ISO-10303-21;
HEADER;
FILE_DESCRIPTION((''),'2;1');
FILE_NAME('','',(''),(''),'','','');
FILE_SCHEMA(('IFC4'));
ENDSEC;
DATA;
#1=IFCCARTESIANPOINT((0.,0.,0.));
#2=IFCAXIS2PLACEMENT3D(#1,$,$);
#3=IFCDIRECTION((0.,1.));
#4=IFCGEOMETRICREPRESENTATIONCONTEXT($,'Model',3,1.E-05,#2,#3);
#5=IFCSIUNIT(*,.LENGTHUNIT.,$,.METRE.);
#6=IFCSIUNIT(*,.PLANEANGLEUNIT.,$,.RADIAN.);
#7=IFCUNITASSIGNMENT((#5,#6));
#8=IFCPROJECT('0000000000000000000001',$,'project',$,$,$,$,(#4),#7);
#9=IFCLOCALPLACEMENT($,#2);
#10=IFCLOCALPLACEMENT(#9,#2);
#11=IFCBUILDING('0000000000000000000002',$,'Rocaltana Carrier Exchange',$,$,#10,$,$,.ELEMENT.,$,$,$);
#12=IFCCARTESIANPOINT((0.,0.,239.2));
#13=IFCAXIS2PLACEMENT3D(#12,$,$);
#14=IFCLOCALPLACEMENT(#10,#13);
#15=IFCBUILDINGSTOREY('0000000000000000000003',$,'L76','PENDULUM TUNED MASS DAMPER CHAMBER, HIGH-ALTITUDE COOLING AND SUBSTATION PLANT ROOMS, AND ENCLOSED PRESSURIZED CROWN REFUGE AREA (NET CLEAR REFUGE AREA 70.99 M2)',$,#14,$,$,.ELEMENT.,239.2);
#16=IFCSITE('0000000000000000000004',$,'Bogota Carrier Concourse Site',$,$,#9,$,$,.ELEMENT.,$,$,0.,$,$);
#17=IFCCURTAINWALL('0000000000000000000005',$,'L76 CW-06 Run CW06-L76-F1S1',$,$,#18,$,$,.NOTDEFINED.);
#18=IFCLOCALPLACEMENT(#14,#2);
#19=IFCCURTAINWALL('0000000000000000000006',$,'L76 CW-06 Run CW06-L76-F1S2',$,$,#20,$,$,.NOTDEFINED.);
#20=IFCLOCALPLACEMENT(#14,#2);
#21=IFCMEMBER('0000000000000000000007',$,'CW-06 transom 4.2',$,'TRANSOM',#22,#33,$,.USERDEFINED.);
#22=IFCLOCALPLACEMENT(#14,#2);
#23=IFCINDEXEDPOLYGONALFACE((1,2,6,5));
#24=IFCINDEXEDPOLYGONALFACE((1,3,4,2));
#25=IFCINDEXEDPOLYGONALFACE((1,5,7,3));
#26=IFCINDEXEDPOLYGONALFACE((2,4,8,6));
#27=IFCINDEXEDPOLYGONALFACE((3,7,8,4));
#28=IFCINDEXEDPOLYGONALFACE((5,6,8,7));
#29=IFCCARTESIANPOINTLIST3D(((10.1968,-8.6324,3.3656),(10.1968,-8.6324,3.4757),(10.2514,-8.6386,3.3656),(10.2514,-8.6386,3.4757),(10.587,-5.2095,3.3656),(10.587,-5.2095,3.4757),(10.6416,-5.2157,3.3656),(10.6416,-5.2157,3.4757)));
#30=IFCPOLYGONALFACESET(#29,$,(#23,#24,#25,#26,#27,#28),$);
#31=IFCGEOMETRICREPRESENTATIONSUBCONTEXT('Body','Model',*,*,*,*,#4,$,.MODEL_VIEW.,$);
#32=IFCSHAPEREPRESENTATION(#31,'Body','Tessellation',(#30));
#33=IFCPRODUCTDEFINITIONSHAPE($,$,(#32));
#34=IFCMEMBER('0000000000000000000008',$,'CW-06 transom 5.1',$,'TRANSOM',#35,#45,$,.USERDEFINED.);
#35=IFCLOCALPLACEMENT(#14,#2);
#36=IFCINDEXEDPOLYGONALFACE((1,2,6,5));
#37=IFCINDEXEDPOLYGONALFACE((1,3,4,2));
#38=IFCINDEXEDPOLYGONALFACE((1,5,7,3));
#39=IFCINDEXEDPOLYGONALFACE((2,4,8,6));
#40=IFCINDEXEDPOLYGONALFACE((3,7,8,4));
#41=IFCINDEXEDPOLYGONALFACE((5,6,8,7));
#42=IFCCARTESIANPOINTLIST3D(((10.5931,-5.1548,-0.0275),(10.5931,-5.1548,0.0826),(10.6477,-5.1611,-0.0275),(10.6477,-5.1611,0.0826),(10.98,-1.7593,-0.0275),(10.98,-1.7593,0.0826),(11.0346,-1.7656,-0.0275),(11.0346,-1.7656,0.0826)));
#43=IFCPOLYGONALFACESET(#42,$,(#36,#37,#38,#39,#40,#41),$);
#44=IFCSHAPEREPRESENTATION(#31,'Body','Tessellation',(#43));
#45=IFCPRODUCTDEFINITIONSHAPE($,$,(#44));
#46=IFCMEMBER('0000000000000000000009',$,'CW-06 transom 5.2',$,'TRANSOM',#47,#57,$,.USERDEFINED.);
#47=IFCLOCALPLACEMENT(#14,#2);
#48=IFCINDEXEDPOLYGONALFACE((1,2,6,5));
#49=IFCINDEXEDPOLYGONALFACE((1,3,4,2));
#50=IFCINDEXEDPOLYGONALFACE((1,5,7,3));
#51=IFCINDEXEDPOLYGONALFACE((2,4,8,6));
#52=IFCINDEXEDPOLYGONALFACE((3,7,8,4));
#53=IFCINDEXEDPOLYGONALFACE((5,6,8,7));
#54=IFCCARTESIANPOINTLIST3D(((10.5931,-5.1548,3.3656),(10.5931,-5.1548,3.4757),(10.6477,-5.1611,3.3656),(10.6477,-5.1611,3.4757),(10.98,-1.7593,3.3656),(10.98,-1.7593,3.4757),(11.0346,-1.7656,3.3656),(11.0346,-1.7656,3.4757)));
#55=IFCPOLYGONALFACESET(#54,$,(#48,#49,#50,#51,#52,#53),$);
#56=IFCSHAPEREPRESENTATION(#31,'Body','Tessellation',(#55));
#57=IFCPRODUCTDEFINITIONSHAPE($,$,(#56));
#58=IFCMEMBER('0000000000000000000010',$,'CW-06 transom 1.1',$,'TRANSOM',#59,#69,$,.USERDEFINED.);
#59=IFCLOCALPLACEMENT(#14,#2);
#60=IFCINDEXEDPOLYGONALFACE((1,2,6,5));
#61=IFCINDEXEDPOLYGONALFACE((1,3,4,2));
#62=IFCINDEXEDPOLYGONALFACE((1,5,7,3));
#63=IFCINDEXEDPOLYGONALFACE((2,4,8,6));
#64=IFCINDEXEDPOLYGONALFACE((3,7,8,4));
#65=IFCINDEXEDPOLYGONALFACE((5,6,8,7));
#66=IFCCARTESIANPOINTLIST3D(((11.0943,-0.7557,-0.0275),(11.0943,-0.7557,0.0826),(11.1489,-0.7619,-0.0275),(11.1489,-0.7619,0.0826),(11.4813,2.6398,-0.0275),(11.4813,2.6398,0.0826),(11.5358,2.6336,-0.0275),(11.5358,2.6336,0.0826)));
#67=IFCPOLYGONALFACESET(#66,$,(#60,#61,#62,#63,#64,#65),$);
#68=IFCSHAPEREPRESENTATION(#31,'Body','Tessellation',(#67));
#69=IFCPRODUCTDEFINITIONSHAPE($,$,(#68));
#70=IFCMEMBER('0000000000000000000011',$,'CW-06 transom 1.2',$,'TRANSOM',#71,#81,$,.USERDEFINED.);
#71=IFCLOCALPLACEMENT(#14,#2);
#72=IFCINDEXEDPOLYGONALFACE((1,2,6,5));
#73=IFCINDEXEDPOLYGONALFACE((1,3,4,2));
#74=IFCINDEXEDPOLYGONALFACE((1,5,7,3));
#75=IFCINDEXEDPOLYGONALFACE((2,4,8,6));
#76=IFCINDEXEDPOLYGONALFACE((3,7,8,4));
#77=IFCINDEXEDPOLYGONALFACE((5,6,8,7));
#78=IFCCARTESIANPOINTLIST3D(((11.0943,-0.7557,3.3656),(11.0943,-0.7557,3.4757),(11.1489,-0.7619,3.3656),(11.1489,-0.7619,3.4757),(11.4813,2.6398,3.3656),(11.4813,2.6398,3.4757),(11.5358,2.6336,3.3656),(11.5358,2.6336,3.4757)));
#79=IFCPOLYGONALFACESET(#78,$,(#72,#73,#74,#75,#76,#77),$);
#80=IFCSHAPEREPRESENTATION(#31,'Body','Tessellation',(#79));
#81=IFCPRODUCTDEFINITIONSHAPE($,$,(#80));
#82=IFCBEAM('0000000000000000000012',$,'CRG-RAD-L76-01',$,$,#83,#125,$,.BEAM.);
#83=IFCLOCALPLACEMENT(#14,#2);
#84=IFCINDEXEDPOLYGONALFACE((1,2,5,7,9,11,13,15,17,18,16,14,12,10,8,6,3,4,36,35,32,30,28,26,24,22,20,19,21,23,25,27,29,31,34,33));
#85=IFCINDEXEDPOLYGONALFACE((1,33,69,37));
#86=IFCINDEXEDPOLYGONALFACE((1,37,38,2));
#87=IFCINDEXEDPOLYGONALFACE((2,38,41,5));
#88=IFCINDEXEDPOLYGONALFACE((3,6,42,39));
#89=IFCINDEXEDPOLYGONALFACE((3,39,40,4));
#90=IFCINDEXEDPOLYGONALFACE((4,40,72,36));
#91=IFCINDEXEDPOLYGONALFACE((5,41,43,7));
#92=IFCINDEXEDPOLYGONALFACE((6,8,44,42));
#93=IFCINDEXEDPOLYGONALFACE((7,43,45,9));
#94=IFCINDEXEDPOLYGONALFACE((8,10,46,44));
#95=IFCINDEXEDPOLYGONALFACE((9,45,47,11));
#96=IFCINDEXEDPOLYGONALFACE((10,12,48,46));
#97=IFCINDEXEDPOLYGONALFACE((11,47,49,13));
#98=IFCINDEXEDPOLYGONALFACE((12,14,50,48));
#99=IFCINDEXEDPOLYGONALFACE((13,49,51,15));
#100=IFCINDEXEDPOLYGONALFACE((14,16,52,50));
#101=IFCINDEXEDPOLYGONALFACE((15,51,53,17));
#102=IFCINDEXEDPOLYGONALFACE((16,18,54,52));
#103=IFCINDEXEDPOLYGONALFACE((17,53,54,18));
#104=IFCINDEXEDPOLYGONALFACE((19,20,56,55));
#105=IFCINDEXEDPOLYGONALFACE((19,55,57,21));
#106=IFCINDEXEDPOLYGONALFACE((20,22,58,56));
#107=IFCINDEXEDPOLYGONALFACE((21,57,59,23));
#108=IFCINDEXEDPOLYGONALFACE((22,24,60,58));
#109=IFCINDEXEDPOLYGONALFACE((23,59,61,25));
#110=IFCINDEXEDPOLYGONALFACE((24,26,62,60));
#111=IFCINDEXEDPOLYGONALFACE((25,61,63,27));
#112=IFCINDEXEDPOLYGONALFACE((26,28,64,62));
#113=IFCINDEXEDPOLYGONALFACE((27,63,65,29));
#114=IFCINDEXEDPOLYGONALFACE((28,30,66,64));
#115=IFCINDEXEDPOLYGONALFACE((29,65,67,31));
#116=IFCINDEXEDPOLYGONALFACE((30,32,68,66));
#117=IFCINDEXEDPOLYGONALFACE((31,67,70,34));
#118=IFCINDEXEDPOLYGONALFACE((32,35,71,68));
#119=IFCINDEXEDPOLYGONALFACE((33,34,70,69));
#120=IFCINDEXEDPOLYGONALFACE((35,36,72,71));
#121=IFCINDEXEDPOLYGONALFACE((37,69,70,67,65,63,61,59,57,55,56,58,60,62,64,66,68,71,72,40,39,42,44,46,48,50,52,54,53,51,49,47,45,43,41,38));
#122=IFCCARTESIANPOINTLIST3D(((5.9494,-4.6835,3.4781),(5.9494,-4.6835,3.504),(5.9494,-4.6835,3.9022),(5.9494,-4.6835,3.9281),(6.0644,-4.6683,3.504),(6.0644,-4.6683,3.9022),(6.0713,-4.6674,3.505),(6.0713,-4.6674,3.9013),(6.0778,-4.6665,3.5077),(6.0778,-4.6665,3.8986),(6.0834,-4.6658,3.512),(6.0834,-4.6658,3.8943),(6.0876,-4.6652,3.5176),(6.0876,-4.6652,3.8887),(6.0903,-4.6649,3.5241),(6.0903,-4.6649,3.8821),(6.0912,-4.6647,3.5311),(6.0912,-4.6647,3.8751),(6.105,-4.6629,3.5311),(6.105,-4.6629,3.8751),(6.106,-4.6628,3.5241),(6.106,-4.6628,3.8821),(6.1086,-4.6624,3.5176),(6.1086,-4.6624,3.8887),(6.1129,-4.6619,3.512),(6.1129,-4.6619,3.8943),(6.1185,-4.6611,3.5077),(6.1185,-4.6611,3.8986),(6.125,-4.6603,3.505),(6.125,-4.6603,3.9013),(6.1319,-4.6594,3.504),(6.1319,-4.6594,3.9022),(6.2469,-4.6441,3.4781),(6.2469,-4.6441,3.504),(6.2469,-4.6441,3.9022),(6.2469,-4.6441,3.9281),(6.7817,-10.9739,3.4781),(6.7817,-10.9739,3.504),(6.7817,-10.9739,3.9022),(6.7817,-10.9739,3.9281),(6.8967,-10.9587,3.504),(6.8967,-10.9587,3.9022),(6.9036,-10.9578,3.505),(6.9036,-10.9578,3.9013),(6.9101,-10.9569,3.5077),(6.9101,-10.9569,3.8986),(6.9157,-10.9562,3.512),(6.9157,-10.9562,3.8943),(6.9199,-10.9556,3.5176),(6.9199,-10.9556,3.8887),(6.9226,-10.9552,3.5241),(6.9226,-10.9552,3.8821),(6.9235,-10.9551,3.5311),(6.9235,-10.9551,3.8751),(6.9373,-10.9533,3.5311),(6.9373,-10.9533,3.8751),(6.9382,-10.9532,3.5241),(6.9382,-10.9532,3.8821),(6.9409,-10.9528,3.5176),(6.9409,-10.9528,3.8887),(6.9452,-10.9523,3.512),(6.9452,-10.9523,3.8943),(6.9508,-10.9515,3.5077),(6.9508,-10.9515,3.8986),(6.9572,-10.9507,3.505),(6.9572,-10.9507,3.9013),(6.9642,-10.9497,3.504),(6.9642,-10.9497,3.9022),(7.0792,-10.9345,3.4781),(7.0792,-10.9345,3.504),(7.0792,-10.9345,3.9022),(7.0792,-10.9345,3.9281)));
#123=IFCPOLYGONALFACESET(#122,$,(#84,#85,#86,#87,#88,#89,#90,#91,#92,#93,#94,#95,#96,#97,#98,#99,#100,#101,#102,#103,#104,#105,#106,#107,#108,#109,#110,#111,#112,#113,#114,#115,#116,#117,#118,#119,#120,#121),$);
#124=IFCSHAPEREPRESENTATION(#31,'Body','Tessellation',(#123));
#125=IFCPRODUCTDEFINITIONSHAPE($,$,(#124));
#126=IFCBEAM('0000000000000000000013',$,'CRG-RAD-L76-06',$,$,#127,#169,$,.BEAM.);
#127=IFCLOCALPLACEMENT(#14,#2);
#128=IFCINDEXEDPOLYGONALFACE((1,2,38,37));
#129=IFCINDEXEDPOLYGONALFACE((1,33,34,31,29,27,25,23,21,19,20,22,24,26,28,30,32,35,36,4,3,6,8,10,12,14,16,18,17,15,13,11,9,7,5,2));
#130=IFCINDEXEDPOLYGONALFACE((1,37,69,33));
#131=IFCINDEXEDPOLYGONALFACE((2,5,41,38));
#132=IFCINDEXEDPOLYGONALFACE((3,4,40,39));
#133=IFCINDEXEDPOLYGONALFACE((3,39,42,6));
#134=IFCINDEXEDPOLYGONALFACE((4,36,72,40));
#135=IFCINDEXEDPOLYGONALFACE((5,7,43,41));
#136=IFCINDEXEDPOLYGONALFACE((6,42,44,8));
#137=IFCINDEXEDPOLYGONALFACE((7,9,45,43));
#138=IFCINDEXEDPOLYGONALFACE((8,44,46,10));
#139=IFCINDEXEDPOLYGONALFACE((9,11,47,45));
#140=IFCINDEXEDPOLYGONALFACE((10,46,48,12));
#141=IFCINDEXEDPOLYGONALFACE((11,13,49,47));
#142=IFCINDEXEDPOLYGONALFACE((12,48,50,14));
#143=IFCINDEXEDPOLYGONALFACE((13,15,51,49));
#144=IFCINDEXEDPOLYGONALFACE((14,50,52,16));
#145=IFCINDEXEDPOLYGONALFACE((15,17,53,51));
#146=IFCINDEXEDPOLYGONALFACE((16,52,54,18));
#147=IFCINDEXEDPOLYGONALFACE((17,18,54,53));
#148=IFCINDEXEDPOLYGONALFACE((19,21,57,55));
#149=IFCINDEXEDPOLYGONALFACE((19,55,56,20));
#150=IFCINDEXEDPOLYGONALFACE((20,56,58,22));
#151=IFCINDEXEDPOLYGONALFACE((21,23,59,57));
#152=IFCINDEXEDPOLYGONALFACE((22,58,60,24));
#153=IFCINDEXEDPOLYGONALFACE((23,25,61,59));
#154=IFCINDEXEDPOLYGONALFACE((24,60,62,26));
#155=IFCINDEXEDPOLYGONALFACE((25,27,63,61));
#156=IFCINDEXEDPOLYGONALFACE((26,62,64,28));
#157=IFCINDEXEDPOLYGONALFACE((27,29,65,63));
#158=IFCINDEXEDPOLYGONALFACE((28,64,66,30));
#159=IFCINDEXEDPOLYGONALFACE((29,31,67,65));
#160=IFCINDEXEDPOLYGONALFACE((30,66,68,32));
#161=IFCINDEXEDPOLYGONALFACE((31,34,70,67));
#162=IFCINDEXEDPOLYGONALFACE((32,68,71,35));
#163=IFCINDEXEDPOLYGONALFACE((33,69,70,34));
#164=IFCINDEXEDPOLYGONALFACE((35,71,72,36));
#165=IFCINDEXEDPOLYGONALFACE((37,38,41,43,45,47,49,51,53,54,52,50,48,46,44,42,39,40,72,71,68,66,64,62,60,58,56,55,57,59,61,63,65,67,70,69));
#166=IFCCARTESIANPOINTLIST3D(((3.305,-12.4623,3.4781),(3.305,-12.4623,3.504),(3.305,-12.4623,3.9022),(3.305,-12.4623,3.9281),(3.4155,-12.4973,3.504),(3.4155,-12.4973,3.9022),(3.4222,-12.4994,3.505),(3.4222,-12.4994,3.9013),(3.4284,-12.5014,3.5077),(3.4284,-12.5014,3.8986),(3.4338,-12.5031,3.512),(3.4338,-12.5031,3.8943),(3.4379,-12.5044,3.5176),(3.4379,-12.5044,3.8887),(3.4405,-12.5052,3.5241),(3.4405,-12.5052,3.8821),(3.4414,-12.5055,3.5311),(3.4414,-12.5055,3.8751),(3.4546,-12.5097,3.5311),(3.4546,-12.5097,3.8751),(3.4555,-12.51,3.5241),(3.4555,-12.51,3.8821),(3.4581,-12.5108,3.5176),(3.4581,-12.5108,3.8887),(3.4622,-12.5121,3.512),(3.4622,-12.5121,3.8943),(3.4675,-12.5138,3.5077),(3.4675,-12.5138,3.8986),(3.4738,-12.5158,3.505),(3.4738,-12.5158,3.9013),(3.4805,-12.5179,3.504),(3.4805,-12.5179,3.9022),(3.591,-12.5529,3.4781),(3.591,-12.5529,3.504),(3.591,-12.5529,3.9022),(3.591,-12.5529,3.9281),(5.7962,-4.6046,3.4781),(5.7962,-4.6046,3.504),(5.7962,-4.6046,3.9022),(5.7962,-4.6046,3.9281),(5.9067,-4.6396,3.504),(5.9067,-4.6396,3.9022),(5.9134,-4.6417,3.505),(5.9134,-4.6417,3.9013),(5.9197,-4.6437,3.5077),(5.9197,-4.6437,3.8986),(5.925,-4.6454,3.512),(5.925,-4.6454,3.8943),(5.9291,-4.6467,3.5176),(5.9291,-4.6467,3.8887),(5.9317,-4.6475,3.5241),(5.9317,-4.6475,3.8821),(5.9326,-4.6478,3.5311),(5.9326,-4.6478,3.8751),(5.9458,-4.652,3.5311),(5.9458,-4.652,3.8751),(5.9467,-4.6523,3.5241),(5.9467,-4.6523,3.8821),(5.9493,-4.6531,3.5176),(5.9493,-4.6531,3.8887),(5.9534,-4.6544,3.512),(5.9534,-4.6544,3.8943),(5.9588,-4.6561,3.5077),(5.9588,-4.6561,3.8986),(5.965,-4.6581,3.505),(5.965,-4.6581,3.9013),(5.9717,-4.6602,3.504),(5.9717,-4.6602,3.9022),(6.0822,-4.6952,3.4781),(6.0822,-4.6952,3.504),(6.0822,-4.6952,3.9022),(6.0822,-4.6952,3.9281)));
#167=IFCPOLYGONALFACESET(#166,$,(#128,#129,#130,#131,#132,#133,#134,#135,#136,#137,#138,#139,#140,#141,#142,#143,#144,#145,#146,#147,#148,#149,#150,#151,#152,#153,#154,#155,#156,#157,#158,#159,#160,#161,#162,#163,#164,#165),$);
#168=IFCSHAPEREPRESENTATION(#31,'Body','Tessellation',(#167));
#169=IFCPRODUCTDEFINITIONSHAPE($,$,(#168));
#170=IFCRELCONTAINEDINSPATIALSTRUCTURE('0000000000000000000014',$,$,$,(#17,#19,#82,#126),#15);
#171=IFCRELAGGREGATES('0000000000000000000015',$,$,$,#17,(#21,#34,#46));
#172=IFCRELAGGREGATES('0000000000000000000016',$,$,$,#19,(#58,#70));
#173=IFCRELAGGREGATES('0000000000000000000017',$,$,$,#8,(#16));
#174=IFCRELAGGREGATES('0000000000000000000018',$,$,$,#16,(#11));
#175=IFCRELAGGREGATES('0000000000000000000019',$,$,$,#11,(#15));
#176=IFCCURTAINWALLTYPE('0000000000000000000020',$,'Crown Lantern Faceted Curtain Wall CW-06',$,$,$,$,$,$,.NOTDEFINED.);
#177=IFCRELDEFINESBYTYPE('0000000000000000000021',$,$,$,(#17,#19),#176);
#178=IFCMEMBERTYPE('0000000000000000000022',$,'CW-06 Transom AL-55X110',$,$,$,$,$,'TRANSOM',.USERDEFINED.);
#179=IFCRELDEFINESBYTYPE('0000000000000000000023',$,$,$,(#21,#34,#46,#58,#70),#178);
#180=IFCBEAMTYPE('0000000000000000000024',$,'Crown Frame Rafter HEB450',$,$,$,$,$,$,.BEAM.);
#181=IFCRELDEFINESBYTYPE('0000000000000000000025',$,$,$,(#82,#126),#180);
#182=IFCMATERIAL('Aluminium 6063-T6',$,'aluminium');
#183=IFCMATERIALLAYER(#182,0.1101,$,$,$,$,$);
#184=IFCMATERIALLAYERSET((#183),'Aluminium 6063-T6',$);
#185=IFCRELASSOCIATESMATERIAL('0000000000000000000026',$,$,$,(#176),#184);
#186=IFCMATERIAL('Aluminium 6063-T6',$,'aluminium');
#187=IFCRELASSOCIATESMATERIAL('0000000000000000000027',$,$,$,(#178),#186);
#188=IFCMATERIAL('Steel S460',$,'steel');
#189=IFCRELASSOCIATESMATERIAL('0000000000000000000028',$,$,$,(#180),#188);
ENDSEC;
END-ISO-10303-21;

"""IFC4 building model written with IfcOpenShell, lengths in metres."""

from ifc_helpers import new_model, si_unit, direction, frame, origin, origin_2d, place, context, subcontext, project, spatial, rectangle, i_section, extrude, material, layer, layer_set, material_profile, profile_set, type_object, element, aggregate, save


model = new_model("IFC4")

# Units and contexts
model_context = context("Model", 3, precision=1e-05, world=origin(), true_north=direction((0.0, 1.0)))
body_context = subcontext(model_context, "Body", "Model", "MODEL_VIEW")
ifc_project = project(units=[si_unit("LENGTHUNIT", "METRE"), si_unit("PLANEANGLEUNIT", "RADIAN")], contexts=[model_context])

# Site, building, storey
site_placement = place(None, origin())
site = spatial("IfcSite", under=ifc_project, at=site_placement, Name="Bogota Carrier Concourse Site", CompositionType="ELEMENT", RefElevation=0.0)
building_placement = place(site_placement, origin())
building = spatial("IfcBuilding", under=site, at=building_placement, Name="Rocaltana Carrier Exchange", CompositionType="ELEMENT")
storey_placement = place(building_placement, frame((0.0, 0.0, 239.2)))
storey = spatial("IfcBuildingStorey", under=building, at=storey_placement, Name="L76", Description="PENDULUM TUNED MASS DAMPER CHAMBER, HIGH-ALTITUDE COOLING AND SUBSTATION PLANT ROOMS, AND ENCLOSED PRESSURIZED CROWN REFUGE AREA (NET CLEAR REFUGE AREA 70.99 M2)", CompositionType="ELEMENT", Elevation=239.2)

# Curtain wall
ifc_material_1 = material(Name="Aluminium 6063-T6", Category="aluminium")
ifc_layer_1 = layer(ifc_material_1, 0.1101)
ifc_layer_set_1 = layer_set([ifc_layer_1], Name="Aluminium 6063-T6")
curtain_wall_type = type_object("IfcCurtainWallType", Name="Crown Lantern Faceted Curtain Wall CW-06", PredefinedType="NOTDEFINED", material=ifc_layer_set_1)
curtain_wall_1_placement = place(storey_placement, origin())
curtain_wall_1 = element("IfcCurtainWall", 1, at=curtain_wall_1_placement, inside=storey, type_object=curtain_wall_type, Name="L76 CW-06 Run CW06-L76-F1S1", PredefinedType="NOTDEFINED")

# Curtain wall
curtain_wall_2_placement = place(storey_placement, origin())
curtain_wall_2 = element("IfcCurtainWall", 2, at=curtain_wall_2_placement, inside=storey, type_object=curtain_wall_type, Name="L76 CW-06 Run CW06-L76-F1S2", PredefinedType="NOTDEFINED")

# Members
ifc_material_2 = material(Name="Aluminium 6063-T6", Category="aluminium")
ifc_material_profile_1 = material_profile(ifc_material_2, rectangle(XDim=0.0549, YDim=0.1101, at=origin_2d()), Name="AL-55X110")
ifc_profile_set_1 = profile_set([ifc_material_profile_1], Name="Aluminium 6063-T6")
member_type_1 = type_object("IfcMemberType", Name="CW-06 Transom AL-55X110", ElementType="TRANSOM", PredefinedType="USERDEFINED", material=ifc_profile_set_1)
member_1_placement = place(storey_placement, frame((10.2241, -8.6355, 3.4207), z_axis=(0.113247, 0.993567, 0.0), x_axis=(-0.993567, 0.113247, 0.0)))
member_1 = element("IfcMember", 3, at=member_1_placement, type_object=member_type_1, Name="CW-06 transom 4.2", ObjectType="TRANSOM", PredefinedType="USERDEFINED", context=body_context, shape_type="SweptSolid", body=[
    extrude(rectangle(XDim=0.0549, YDim=0.1101, at=origin_2d()), origin(), (0.0, 0.0, 1.0), 3.4451),
])
member_2_placement = place(storey_placement, frame((10.6204, -5.158, 0.0276), z_axis=(0.11323, 0.993569, 0.0), x_axis=(-0.993569, 0.11323, 0.0)))
member_2 = element("IfcMember", 4, at=member_2_placement, type_object=member_type_1, Name="CW-06 transom 5.1", ObjectType="TRANSOM", PredefinedType="USERDEFINED", context=body_context, shape_type="SweptSolid", body=[
    extrude(rectangle(XDim=0.0549, YDim=0.1101, at=origin_2d()), origin(), (0.0, 0.0, 1.0), 3.4175),
])
member_3_placement = place(storey_placement, frame((10.6204, -5.158, 3.4207), z_axis=(0.11323, 0.993569, 0.0), x_axis=(-0.993569, 0.11323, 0.0)))
member_3 = element("IfcMember", 5, at=member_3_placement, type_object=member_type_1, Name="CW-06 transom 5.2", ObjectType="TRANSOM", PredefinedType="USERDEFINED", context=body_context, shape_type="SweptSolid", body=[
    extrude(rectangle(XDim=0.0549, YDim=0.1101, at=origin_2d()), origin(), (0.0, 0.0, 1.0), 3.4175),
])
member_4_placement = place(storey_placement, frame((11.1216, -0.7588, 0.0276), z_axis=(0.11323, 0.993569, 0.0), x_axis=(-0.993569, 0.11323, 0.0)))
member_4 = element("IfcMember", 6, at=member_4_placement, type_object=member_type_1, Name="CW-06 transom 1.1", ObjectType="TRANSOM", PredefinedType="USERDEFINED", context=body_context, shape_type="SweptSolid", body=[
    extrude(rectangle(XDim=0.0549, YDim=0.1101, at=origin_2d()), origin(), (0.0, 0.0, 1.0), 3.4175),
])
member_5_placement = place(storey_placement, frame((11.1216, -0.7588, 3.4207), z_axis=(0.11323, 0.993569, 0.0), x_axis=(-0.993569, 0.11323, 0.0)))
member_5 = element("IfcMember", 7, at=member_5_placement, type_object=member_type_1, Name="CW-06 transom 1.2", ObjectType="TRANSOM", PredefinedType="USERDEFINED", context=body_context, shape_type="SweptSolid", body=[
    extrude(rectangle(XDim=0.0549, YDim=0.1101, at=origin_2d()), origin(), (0.0, 0.0, 1.0), 3.4175),
])

# Beams
ifc_material_3 = material(Name="Steel S460", Category="steel")
ifc_material_profile_2 = material_profile(ifc_material_3, i_section(OverallWidth=0.3, OverallDepth=0.45, WebThickness=0.0139, FlangeThickness=0.0259, FilletRadius=0.0271, at=origin_2d()), Name="HEB450")
ifc_profile_set_2 = profile_set([ifc_material_profile_2], Name="Steel S460")
beam_type = type_object("IfcBeamType", Name="Crown Frame Rafter HEB450", PredefinedType="BEAM", material=ifc_profile_set_2)
beam_1_placement = place(storey_placement, frame((6.0981, -4.6638, 3.7031), z_axis=(0.131168, -0.99136, 0.0), x_axis=(0.99136, 0.131168, 0.0)))
element("IfcBeam", 8, at=beam_1_placement, inside=storey, type_object=beam_type, Name="CRG-RAD-L76-01", PredefinedType="BEAM", context=body_context, shape_type="SweptSolid", body=[
    extrude(i_section(OverallWidth=0.3, OverallDepth=0.45, WebThickness=0.0139, FlangeThickness=0.0259, FilletRadius=0.0271, at=origin_2d()), origin(), (0.0, 0.0, 1.0), 6.3452),
])
beam_2_placement = place(storey_placement, frame((5.9392, -4.6499, 3.7031), z_axis=(-0.302217, -0.953239, 0.0), x_axis=(0.953239, -0.302217, 0.0)))
element("IfcBeam", 9, at=beam_2_placement, inside=storey, type_object=beam_type, Name="CRG-RAD-L76-06", PredefinedType="BEAM", context=body_context, shape_type="SweptSolid", body=[
    extrude(i_section(OverallWidth=0.3, OverallDepth=0.45, WebThickness=0.0139, FlangeThickness=0.0259, FilletRadius=0.0271, at=origin_2d()), origin(), (0.0, 0.0, 1.0), 8.2432),
])

aggregate(curtain_wall_1, [member_1, member_2, member_3])
aggregate(curtain_wall_2, [member_4, member_5])

save(model, "model.ifc")
